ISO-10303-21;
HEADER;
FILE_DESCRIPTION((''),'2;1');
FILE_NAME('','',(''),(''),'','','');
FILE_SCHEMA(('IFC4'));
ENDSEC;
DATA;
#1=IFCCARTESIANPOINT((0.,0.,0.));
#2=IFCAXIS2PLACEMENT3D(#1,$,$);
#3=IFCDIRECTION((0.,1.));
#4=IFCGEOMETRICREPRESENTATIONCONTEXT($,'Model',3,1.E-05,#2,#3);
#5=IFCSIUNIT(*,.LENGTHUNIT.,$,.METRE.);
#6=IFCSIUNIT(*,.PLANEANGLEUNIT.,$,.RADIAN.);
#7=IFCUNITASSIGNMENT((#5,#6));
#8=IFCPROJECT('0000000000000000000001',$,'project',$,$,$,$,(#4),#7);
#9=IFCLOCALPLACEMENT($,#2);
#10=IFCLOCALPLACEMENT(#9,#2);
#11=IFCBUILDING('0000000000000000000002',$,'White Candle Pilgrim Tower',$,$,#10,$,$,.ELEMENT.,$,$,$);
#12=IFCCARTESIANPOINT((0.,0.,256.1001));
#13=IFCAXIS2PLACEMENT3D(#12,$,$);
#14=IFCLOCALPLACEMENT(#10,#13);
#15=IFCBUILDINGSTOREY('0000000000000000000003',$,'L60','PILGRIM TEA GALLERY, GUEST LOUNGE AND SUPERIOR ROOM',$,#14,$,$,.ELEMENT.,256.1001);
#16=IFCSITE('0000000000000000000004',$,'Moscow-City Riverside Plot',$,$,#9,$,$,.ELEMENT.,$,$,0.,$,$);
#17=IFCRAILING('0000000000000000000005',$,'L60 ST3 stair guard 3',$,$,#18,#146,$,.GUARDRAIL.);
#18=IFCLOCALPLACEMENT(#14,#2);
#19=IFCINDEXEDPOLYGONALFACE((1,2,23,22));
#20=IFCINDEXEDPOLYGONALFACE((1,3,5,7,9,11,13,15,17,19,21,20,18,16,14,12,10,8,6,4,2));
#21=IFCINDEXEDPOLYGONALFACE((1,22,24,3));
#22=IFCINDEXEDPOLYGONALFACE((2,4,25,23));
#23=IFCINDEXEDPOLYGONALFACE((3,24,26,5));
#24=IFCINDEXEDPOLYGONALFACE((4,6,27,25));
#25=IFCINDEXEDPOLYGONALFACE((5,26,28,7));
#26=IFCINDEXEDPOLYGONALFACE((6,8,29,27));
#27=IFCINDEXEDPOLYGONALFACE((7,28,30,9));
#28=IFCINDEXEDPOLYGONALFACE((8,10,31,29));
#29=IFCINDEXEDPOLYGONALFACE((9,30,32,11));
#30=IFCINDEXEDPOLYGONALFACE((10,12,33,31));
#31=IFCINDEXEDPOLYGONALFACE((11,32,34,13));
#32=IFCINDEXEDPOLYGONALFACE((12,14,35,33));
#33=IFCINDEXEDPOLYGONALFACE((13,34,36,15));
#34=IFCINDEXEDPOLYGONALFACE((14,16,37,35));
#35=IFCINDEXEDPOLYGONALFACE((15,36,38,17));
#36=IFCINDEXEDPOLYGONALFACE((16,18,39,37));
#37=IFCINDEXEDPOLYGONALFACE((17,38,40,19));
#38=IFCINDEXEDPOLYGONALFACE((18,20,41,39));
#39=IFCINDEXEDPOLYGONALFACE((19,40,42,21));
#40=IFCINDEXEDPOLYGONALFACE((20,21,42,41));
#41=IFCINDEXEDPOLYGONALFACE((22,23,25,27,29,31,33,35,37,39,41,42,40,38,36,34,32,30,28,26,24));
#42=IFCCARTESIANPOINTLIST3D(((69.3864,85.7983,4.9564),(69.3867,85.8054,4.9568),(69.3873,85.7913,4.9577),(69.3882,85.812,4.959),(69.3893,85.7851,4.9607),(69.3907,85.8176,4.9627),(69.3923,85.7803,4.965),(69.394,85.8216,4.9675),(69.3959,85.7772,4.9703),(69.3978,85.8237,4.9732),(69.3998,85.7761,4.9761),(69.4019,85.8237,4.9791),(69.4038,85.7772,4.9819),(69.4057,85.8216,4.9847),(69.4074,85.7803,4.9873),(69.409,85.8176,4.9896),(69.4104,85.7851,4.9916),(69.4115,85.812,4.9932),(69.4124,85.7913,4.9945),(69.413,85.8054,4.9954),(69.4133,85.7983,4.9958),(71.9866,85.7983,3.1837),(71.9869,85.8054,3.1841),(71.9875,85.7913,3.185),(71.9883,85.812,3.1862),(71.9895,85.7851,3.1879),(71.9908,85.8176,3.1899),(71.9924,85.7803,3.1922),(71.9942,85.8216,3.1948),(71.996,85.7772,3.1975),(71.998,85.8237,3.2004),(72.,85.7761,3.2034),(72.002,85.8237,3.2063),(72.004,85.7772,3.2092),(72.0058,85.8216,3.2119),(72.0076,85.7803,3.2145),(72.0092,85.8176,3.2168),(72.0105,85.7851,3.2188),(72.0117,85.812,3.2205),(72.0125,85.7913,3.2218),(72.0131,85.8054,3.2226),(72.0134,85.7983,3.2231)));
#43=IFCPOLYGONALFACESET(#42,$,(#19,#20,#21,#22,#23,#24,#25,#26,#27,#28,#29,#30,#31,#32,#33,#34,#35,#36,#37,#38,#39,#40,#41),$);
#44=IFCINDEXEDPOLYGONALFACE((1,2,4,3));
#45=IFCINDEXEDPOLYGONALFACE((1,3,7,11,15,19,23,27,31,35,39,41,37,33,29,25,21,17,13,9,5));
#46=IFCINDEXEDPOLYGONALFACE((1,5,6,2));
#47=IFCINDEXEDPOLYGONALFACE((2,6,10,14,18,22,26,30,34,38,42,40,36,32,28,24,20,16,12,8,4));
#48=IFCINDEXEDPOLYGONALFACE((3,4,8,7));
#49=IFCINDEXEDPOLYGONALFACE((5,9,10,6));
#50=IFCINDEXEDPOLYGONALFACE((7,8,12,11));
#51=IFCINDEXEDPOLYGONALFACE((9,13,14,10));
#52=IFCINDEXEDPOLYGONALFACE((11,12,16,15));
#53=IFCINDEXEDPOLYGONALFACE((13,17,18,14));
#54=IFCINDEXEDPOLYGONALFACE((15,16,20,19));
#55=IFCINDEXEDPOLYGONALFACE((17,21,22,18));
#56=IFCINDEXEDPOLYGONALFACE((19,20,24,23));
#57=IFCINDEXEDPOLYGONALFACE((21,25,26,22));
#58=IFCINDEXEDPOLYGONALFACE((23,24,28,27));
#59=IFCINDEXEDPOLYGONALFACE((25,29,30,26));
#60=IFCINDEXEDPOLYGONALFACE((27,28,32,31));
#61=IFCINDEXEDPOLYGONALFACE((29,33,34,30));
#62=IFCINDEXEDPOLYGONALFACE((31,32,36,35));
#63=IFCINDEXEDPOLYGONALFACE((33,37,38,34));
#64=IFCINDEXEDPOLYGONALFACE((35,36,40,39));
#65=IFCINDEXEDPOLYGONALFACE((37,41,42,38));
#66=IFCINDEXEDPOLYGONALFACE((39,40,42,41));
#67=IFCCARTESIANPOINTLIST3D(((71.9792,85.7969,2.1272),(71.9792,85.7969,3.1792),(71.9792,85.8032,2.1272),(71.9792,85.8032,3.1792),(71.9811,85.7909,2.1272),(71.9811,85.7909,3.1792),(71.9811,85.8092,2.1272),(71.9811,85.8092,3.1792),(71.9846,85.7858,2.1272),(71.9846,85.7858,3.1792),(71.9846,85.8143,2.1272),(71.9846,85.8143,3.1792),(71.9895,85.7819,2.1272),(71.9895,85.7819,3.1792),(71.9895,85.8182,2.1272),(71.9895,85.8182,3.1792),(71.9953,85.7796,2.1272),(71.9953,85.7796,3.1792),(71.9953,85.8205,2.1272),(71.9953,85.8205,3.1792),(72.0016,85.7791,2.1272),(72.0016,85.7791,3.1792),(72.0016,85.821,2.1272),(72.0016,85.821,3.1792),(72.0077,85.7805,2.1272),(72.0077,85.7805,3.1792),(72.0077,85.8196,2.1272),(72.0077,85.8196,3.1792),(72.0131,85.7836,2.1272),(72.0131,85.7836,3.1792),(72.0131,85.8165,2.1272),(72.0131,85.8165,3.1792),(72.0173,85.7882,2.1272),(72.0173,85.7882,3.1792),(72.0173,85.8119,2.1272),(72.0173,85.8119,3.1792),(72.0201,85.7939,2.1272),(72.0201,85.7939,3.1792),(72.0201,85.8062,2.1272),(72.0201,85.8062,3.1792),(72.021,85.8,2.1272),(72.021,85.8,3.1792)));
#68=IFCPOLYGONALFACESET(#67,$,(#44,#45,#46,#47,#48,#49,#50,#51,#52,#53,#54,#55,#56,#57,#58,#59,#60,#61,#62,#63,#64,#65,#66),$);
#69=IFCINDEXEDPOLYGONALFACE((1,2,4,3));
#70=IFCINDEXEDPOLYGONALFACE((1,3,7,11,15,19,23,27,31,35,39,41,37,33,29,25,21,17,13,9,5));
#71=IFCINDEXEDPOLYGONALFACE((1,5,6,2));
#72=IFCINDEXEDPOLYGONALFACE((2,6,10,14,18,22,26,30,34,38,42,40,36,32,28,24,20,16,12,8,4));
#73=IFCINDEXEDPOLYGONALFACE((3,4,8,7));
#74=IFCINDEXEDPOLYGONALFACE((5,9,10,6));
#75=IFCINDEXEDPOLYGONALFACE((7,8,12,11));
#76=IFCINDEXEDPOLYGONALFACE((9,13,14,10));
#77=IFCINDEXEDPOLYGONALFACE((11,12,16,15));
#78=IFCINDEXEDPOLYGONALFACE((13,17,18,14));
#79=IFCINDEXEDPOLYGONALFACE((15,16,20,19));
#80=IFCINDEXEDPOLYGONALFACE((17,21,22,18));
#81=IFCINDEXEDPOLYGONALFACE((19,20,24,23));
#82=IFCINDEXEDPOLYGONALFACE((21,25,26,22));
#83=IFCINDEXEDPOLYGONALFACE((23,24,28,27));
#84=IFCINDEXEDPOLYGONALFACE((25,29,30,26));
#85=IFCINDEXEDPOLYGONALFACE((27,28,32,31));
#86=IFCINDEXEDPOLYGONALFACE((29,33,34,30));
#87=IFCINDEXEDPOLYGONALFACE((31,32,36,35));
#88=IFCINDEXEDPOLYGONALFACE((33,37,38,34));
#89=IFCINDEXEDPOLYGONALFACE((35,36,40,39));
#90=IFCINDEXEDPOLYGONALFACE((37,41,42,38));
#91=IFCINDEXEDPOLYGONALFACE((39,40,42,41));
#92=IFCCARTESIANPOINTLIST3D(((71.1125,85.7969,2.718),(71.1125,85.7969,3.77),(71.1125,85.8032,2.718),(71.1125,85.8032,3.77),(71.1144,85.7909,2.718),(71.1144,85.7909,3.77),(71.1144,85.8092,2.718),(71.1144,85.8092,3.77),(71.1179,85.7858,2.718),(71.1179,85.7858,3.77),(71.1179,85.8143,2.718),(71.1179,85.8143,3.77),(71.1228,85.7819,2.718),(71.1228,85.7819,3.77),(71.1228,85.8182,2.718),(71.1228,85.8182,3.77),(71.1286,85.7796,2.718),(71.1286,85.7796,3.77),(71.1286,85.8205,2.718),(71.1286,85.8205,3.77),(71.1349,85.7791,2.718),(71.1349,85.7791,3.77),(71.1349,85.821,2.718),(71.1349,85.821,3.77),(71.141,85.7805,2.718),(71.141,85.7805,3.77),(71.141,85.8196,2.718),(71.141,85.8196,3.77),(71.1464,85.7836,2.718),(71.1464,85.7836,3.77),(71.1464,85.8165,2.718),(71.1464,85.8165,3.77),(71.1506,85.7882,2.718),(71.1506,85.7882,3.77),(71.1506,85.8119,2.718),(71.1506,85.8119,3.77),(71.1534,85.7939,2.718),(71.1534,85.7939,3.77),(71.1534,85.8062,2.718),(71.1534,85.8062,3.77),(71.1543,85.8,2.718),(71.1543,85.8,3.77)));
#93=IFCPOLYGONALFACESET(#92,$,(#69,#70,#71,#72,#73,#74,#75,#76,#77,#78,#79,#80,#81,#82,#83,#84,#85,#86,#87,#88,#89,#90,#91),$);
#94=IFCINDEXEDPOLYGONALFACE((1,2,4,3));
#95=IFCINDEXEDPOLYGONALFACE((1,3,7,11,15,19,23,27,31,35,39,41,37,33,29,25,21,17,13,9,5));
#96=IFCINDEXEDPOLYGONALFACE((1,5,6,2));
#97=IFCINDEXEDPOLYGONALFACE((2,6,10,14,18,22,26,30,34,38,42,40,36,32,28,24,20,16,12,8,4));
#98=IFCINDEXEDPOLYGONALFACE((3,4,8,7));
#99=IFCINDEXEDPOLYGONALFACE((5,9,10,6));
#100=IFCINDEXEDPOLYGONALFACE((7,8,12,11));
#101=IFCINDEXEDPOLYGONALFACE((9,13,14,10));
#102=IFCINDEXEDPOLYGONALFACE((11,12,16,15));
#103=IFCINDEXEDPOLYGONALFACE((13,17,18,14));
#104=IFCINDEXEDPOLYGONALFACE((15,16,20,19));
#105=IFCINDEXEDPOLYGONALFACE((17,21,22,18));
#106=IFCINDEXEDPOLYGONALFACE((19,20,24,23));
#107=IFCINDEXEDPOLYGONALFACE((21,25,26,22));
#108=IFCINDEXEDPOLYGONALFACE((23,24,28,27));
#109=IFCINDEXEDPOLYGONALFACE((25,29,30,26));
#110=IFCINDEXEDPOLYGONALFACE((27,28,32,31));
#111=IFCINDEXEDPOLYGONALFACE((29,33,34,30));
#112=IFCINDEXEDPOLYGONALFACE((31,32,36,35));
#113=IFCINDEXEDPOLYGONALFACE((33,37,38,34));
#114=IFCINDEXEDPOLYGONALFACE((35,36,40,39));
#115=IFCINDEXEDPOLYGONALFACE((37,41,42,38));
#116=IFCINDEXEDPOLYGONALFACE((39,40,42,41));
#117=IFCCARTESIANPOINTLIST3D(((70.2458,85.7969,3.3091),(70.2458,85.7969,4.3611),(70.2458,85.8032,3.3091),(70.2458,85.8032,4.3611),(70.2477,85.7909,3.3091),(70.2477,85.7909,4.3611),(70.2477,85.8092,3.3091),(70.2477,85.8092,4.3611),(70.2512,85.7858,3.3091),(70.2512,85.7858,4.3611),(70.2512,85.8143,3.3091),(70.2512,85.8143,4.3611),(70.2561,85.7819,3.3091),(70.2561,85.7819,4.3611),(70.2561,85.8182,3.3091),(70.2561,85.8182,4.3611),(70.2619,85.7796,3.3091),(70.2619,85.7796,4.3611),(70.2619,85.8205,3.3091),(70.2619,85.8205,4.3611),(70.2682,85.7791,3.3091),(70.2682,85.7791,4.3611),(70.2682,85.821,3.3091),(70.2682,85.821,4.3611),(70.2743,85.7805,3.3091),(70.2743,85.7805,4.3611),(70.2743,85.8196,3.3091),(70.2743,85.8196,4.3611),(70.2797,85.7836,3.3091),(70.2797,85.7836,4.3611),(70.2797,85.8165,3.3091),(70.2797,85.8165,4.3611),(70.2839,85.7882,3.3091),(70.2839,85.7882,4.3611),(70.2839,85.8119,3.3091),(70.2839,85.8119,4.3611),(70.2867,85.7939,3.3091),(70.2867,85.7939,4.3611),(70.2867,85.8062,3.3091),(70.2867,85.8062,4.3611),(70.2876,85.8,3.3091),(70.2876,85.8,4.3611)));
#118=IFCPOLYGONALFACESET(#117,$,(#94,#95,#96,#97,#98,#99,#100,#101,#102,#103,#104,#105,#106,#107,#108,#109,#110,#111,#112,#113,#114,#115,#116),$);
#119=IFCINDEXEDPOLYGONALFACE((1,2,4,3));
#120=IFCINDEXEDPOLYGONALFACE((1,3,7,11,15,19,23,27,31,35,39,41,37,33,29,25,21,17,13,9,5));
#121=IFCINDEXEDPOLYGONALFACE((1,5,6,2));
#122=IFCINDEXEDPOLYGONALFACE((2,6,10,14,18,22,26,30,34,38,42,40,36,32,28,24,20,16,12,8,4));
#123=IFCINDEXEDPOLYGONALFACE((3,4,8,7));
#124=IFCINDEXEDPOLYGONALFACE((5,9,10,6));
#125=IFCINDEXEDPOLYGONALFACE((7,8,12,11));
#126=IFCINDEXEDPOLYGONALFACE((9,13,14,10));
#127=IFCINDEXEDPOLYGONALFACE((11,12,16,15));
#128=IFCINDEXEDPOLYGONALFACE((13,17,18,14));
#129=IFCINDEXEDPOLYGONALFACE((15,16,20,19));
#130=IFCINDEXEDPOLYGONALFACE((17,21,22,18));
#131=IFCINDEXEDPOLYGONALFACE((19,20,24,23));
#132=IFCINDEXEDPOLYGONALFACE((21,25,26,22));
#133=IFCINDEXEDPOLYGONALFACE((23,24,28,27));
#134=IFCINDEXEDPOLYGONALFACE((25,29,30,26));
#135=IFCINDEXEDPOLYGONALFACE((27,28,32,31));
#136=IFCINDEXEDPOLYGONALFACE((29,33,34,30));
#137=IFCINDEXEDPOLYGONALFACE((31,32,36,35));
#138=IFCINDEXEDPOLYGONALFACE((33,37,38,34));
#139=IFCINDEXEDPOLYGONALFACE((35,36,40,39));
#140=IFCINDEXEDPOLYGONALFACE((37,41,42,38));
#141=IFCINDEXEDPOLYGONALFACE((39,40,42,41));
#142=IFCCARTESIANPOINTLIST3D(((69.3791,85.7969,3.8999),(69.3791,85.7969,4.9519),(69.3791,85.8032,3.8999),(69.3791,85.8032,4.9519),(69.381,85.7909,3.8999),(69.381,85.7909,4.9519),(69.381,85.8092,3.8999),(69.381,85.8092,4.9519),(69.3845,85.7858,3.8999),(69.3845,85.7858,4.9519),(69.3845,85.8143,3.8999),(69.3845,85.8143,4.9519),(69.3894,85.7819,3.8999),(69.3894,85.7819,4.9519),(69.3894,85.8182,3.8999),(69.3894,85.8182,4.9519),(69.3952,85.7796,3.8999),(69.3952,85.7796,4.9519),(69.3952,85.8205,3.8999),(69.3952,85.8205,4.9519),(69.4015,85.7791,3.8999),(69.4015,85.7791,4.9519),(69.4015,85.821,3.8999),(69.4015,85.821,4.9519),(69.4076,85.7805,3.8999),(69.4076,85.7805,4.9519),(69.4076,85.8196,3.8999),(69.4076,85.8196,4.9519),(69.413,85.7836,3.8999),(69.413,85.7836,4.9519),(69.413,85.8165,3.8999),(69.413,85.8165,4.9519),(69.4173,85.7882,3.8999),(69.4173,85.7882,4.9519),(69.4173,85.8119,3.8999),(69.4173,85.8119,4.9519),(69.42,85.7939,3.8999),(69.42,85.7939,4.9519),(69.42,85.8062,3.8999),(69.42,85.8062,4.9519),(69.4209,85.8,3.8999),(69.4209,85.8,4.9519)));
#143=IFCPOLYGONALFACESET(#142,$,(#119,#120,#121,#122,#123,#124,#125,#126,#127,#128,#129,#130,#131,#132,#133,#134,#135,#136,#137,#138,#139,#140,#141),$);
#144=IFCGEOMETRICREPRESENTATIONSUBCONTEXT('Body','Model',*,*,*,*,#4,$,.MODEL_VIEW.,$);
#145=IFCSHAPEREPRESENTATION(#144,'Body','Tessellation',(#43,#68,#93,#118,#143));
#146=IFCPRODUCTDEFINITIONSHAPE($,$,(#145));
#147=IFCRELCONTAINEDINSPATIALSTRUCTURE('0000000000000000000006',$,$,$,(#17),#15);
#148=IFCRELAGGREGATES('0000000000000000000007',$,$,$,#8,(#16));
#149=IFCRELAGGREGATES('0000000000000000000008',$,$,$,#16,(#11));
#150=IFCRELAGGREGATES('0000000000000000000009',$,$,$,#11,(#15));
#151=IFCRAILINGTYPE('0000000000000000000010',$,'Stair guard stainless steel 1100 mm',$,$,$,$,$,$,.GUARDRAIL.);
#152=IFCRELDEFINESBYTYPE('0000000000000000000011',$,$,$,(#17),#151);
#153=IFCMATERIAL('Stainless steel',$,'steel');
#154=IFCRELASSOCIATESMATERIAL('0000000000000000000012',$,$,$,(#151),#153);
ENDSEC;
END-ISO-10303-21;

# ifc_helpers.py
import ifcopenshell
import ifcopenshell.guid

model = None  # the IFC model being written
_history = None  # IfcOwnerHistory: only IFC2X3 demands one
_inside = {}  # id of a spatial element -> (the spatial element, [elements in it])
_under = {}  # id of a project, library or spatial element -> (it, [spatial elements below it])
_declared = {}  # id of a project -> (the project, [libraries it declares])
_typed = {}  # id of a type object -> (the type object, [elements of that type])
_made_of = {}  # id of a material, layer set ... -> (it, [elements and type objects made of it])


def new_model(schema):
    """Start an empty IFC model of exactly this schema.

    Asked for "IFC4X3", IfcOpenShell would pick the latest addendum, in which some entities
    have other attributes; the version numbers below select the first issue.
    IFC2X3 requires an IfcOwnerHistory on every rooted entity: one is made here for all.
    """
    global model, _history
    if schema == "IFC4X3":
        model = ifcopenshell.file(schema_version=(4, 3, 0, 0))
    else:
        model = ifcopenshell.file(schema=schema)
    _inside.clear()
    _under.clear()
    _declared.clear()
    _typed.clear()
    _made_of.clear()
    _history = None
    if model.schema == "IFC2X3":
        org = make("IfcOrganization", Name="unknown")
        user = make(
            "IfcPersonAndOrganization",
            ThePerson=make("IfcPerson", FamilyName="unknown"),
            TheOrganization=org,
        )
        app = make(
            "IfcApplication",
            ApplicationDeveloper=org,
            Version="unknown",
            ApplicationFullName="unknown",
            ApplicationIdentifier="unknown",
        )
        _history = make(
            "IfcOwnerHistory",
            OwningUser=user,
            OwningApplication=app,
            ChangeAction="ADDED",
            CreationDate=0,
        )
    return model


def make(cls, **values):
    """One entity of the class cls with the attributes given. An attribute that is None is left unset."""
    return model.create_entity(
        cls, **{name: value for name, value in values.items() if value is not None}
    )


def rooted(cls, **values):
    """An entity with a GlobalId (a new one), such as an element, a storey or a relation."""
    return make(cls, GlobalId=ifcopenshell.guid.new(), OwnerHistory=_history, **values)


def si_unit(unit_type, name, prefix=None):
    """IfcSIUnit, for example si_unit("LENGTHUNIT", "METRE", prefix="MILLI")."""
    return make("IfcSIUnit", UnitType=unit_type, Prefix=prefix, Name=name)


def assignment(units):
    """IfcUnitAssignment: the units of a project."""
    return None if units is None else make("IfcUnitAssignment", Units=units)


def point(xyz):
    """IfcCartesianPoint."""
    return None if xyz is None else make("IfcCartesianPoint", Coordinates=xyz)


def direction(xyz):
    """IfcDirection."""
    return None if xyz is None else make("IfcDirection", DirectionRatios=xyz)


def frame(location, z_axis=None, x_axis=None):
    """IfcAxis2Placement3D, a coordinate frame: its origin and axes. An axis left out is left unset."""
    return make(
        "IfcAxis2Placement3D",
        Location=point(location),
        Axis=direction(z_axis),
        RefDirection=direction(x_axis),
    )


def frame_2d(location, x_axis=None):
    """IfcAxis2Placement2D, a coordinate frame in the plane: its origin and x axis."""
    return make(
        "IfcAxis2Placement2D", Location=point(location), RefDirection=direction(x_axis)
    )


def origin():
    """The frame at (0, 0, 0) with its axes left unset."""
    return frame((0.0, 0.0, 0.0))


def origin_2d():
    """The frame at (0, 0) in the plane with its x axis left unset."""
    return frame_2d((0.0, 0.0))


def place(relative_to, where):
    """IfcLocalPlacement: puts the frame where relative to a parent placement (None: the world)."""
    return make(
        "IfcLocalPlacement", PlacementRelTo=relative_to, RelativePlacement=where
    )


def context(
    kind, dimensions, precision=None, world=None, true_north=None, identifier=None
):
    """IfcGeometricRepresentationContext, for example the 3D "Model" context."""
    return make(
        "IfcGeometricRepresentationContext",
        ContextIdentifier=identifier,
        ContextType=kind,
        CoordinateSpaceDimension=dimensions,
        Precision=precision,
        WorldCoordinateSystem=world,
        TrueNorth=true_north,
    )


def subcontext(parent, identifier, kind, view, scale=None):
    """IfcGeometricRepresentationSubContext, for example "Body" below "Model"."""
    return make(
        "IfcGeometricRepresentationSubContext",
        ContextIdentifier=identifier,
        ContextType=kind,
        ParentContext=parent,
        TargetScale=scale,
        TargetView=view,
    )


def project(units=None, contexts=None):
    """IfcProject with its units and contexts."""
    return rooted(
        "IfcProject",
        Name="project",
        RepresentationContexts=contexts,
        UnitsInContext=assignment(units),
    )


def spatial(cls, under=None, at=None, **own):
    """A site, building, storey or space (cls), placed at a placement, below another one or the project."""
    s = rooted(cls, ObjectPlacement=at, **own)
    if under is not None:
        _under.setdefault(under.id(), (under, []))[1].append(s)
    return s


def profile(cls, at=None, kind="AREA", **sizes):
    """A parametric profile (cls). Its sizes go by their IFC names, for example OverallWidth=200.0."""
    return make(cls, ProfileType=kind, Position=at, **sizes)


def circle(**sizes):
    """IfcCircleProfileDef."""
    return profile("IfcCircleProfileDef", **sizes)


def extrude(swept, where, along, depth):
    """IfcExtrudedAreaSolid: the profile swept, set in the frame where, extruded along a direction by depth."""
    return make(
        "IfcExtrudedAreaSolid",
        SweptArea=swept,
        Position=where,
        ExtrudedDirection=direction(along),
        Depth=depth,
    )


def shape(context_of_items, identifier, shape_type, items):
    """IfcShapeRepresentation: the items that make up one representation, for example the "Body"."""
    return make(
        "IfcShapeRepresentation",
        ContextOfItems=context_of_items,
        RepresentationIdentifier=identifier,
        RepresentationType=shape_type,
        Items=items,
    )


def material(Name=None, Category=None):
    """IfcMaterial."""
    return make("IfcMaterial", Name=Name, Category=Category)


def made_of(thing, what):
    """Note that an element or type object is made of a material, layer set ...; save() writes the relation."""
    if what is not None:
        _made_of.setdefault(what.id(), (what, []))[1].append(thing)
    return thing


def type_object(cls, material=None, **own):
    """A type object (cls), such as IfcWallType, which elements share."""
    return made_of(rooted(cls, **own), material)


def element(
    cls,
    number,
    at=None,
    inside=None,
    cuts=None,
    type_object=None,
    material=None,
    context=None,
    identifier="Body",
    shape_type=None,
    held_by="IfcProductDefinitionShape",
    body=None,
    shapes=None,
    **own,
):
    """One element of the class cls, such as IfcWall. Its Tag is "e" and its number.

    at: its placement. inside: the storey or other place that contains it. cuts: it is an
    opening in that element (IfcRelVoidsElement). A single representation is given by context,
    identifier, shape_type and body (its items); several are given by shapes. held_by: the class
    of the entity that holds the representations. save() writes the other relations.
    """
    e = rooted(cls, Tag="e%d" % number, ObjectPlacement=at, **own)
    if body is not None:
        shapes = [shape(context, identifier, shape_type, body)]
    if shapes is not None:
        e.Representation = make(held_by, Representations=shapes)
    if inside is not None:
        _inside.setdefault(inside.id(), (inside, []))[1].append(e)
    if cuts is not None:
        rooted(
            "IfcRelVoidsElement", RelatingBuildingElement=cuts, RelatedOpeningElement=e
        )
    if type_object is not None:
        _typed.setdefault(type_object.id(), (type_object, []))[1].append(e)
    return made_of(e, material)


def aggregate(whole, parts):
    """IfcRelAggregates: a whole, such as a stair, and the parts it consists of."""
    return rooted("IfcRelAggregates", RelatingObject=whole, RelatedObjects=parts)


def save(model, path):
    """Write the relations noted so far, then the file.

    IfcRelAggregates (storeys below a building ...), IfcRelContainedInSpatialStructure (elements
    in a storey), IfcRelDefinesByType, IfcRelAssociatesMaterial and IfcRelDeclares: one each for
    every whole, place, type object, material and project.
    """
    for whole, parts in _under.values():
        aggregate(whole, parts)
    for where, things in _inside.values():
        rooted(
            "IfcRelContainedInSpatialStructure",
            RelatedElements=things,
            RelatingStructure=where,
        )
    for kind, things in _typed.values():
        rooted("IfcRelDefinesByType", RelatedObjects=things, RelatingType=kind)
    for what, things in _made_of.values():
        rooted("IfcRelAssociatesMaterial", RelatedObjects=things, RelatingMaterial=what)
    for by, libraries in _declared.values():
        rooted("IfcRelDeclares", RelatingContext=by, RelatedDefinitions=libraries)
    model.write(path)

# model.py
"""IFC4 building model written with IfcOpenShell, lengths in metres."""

from ifc_helpers import new_model, si_unit, direction, frame, origin, origin_2d, place, context, subcontext, project, spatial, circle, extrude, material, type_object, element, save


model = new_model("IFC4")

# Units and contexts
model_context = context("Model", 3, precision=1e-05, world=origin(), true_north=direction((0.0, 1.0)))
body_context = subcontext(model_context, "Body", "Model", "MODEL_VIEW")
ifc_project = project(units=[si_unit("LENGTHUNIT", "METRE"), si_unit("PLANEANGLEUNIT", "RADIAN")], contexts=[model_context])

# Site, building, storey
site_placement = place(None, origin())
site = spatial("IfcSite", under=ifc_project, at=site_placement, Name="Moscow-City Riverside Plot", CompositionType="ELEMENT", RefElevation=0.0)
building_placement = place(site_placement, origin())
building = spatial("IfcBuilding", under=site, at=building_placement, Name="White Candle Pilgrim Tower", CompositionType="ELEMENT")
storey_placement = place(building_placement, frame((0.0, 0.0, 256.1001)))
storey = spatial("IfcBuildingStorey", under=building, at=storey_placement, Name="L60", Description="PILGRIM TEA GALLERY, GUEST LOUNGE AND SUPERIOR ROOM", CompositionType="ELEMENT", Elevation=256.1001)

# Railing
ifc_material_1 = material(Name="Stainless steel", Category="steel")
railing_type_1 = type_object("IfcRailingType", Name="Stair guard stainless steel 1100 mm", PredefinedType="GUARDRAIL", material=ifc_material_1)
railing_1_placement = place(storey_placement, frame((72.0, 85.8, 2.1272)))
element("IfcRailing", 1, at=railing_1_placement, inside=storey, type_object=railing_type_1, Name="L60 ST3 stair guard 3", PredefinedType="GUARDRAIL", context=body_context, shape_type="SweptSolid", body=[
    extrude(circle(Radius=0.0239, at=origin_2d()), frame((0.0, 0.0, 1.0762), z_axis=(-0.82624, 0.0, 0.563318), x_axis=(0.0, -1.0, 0.0)), (0.0, 0.0, 1.0), 3.147),
    extrude(circle(Radius=0.021, at=origin_2d()), origin(), (0.0, 0.0, 1.0), 1.052),
    extrude(circle(Radius=0.021, at=origin_2d()), frame((-0.8667, 0.0, 0.5908)), (0.0, 0.0, 1.0), 1.052),
    extrude(circle(Radius=0.021, at=origin_2d()), frame((-1.7334, 0.0, 1.1819)), (0.0, 0.0, 1.0), 1.052),
    extrude(circle(Radius=0.021, at=origin_2d()), frame((-2.6001, 0.0, 1.7727)), (0.0, 0.0, 1.0), 1.052),
])

save(model, "model.ifc")
